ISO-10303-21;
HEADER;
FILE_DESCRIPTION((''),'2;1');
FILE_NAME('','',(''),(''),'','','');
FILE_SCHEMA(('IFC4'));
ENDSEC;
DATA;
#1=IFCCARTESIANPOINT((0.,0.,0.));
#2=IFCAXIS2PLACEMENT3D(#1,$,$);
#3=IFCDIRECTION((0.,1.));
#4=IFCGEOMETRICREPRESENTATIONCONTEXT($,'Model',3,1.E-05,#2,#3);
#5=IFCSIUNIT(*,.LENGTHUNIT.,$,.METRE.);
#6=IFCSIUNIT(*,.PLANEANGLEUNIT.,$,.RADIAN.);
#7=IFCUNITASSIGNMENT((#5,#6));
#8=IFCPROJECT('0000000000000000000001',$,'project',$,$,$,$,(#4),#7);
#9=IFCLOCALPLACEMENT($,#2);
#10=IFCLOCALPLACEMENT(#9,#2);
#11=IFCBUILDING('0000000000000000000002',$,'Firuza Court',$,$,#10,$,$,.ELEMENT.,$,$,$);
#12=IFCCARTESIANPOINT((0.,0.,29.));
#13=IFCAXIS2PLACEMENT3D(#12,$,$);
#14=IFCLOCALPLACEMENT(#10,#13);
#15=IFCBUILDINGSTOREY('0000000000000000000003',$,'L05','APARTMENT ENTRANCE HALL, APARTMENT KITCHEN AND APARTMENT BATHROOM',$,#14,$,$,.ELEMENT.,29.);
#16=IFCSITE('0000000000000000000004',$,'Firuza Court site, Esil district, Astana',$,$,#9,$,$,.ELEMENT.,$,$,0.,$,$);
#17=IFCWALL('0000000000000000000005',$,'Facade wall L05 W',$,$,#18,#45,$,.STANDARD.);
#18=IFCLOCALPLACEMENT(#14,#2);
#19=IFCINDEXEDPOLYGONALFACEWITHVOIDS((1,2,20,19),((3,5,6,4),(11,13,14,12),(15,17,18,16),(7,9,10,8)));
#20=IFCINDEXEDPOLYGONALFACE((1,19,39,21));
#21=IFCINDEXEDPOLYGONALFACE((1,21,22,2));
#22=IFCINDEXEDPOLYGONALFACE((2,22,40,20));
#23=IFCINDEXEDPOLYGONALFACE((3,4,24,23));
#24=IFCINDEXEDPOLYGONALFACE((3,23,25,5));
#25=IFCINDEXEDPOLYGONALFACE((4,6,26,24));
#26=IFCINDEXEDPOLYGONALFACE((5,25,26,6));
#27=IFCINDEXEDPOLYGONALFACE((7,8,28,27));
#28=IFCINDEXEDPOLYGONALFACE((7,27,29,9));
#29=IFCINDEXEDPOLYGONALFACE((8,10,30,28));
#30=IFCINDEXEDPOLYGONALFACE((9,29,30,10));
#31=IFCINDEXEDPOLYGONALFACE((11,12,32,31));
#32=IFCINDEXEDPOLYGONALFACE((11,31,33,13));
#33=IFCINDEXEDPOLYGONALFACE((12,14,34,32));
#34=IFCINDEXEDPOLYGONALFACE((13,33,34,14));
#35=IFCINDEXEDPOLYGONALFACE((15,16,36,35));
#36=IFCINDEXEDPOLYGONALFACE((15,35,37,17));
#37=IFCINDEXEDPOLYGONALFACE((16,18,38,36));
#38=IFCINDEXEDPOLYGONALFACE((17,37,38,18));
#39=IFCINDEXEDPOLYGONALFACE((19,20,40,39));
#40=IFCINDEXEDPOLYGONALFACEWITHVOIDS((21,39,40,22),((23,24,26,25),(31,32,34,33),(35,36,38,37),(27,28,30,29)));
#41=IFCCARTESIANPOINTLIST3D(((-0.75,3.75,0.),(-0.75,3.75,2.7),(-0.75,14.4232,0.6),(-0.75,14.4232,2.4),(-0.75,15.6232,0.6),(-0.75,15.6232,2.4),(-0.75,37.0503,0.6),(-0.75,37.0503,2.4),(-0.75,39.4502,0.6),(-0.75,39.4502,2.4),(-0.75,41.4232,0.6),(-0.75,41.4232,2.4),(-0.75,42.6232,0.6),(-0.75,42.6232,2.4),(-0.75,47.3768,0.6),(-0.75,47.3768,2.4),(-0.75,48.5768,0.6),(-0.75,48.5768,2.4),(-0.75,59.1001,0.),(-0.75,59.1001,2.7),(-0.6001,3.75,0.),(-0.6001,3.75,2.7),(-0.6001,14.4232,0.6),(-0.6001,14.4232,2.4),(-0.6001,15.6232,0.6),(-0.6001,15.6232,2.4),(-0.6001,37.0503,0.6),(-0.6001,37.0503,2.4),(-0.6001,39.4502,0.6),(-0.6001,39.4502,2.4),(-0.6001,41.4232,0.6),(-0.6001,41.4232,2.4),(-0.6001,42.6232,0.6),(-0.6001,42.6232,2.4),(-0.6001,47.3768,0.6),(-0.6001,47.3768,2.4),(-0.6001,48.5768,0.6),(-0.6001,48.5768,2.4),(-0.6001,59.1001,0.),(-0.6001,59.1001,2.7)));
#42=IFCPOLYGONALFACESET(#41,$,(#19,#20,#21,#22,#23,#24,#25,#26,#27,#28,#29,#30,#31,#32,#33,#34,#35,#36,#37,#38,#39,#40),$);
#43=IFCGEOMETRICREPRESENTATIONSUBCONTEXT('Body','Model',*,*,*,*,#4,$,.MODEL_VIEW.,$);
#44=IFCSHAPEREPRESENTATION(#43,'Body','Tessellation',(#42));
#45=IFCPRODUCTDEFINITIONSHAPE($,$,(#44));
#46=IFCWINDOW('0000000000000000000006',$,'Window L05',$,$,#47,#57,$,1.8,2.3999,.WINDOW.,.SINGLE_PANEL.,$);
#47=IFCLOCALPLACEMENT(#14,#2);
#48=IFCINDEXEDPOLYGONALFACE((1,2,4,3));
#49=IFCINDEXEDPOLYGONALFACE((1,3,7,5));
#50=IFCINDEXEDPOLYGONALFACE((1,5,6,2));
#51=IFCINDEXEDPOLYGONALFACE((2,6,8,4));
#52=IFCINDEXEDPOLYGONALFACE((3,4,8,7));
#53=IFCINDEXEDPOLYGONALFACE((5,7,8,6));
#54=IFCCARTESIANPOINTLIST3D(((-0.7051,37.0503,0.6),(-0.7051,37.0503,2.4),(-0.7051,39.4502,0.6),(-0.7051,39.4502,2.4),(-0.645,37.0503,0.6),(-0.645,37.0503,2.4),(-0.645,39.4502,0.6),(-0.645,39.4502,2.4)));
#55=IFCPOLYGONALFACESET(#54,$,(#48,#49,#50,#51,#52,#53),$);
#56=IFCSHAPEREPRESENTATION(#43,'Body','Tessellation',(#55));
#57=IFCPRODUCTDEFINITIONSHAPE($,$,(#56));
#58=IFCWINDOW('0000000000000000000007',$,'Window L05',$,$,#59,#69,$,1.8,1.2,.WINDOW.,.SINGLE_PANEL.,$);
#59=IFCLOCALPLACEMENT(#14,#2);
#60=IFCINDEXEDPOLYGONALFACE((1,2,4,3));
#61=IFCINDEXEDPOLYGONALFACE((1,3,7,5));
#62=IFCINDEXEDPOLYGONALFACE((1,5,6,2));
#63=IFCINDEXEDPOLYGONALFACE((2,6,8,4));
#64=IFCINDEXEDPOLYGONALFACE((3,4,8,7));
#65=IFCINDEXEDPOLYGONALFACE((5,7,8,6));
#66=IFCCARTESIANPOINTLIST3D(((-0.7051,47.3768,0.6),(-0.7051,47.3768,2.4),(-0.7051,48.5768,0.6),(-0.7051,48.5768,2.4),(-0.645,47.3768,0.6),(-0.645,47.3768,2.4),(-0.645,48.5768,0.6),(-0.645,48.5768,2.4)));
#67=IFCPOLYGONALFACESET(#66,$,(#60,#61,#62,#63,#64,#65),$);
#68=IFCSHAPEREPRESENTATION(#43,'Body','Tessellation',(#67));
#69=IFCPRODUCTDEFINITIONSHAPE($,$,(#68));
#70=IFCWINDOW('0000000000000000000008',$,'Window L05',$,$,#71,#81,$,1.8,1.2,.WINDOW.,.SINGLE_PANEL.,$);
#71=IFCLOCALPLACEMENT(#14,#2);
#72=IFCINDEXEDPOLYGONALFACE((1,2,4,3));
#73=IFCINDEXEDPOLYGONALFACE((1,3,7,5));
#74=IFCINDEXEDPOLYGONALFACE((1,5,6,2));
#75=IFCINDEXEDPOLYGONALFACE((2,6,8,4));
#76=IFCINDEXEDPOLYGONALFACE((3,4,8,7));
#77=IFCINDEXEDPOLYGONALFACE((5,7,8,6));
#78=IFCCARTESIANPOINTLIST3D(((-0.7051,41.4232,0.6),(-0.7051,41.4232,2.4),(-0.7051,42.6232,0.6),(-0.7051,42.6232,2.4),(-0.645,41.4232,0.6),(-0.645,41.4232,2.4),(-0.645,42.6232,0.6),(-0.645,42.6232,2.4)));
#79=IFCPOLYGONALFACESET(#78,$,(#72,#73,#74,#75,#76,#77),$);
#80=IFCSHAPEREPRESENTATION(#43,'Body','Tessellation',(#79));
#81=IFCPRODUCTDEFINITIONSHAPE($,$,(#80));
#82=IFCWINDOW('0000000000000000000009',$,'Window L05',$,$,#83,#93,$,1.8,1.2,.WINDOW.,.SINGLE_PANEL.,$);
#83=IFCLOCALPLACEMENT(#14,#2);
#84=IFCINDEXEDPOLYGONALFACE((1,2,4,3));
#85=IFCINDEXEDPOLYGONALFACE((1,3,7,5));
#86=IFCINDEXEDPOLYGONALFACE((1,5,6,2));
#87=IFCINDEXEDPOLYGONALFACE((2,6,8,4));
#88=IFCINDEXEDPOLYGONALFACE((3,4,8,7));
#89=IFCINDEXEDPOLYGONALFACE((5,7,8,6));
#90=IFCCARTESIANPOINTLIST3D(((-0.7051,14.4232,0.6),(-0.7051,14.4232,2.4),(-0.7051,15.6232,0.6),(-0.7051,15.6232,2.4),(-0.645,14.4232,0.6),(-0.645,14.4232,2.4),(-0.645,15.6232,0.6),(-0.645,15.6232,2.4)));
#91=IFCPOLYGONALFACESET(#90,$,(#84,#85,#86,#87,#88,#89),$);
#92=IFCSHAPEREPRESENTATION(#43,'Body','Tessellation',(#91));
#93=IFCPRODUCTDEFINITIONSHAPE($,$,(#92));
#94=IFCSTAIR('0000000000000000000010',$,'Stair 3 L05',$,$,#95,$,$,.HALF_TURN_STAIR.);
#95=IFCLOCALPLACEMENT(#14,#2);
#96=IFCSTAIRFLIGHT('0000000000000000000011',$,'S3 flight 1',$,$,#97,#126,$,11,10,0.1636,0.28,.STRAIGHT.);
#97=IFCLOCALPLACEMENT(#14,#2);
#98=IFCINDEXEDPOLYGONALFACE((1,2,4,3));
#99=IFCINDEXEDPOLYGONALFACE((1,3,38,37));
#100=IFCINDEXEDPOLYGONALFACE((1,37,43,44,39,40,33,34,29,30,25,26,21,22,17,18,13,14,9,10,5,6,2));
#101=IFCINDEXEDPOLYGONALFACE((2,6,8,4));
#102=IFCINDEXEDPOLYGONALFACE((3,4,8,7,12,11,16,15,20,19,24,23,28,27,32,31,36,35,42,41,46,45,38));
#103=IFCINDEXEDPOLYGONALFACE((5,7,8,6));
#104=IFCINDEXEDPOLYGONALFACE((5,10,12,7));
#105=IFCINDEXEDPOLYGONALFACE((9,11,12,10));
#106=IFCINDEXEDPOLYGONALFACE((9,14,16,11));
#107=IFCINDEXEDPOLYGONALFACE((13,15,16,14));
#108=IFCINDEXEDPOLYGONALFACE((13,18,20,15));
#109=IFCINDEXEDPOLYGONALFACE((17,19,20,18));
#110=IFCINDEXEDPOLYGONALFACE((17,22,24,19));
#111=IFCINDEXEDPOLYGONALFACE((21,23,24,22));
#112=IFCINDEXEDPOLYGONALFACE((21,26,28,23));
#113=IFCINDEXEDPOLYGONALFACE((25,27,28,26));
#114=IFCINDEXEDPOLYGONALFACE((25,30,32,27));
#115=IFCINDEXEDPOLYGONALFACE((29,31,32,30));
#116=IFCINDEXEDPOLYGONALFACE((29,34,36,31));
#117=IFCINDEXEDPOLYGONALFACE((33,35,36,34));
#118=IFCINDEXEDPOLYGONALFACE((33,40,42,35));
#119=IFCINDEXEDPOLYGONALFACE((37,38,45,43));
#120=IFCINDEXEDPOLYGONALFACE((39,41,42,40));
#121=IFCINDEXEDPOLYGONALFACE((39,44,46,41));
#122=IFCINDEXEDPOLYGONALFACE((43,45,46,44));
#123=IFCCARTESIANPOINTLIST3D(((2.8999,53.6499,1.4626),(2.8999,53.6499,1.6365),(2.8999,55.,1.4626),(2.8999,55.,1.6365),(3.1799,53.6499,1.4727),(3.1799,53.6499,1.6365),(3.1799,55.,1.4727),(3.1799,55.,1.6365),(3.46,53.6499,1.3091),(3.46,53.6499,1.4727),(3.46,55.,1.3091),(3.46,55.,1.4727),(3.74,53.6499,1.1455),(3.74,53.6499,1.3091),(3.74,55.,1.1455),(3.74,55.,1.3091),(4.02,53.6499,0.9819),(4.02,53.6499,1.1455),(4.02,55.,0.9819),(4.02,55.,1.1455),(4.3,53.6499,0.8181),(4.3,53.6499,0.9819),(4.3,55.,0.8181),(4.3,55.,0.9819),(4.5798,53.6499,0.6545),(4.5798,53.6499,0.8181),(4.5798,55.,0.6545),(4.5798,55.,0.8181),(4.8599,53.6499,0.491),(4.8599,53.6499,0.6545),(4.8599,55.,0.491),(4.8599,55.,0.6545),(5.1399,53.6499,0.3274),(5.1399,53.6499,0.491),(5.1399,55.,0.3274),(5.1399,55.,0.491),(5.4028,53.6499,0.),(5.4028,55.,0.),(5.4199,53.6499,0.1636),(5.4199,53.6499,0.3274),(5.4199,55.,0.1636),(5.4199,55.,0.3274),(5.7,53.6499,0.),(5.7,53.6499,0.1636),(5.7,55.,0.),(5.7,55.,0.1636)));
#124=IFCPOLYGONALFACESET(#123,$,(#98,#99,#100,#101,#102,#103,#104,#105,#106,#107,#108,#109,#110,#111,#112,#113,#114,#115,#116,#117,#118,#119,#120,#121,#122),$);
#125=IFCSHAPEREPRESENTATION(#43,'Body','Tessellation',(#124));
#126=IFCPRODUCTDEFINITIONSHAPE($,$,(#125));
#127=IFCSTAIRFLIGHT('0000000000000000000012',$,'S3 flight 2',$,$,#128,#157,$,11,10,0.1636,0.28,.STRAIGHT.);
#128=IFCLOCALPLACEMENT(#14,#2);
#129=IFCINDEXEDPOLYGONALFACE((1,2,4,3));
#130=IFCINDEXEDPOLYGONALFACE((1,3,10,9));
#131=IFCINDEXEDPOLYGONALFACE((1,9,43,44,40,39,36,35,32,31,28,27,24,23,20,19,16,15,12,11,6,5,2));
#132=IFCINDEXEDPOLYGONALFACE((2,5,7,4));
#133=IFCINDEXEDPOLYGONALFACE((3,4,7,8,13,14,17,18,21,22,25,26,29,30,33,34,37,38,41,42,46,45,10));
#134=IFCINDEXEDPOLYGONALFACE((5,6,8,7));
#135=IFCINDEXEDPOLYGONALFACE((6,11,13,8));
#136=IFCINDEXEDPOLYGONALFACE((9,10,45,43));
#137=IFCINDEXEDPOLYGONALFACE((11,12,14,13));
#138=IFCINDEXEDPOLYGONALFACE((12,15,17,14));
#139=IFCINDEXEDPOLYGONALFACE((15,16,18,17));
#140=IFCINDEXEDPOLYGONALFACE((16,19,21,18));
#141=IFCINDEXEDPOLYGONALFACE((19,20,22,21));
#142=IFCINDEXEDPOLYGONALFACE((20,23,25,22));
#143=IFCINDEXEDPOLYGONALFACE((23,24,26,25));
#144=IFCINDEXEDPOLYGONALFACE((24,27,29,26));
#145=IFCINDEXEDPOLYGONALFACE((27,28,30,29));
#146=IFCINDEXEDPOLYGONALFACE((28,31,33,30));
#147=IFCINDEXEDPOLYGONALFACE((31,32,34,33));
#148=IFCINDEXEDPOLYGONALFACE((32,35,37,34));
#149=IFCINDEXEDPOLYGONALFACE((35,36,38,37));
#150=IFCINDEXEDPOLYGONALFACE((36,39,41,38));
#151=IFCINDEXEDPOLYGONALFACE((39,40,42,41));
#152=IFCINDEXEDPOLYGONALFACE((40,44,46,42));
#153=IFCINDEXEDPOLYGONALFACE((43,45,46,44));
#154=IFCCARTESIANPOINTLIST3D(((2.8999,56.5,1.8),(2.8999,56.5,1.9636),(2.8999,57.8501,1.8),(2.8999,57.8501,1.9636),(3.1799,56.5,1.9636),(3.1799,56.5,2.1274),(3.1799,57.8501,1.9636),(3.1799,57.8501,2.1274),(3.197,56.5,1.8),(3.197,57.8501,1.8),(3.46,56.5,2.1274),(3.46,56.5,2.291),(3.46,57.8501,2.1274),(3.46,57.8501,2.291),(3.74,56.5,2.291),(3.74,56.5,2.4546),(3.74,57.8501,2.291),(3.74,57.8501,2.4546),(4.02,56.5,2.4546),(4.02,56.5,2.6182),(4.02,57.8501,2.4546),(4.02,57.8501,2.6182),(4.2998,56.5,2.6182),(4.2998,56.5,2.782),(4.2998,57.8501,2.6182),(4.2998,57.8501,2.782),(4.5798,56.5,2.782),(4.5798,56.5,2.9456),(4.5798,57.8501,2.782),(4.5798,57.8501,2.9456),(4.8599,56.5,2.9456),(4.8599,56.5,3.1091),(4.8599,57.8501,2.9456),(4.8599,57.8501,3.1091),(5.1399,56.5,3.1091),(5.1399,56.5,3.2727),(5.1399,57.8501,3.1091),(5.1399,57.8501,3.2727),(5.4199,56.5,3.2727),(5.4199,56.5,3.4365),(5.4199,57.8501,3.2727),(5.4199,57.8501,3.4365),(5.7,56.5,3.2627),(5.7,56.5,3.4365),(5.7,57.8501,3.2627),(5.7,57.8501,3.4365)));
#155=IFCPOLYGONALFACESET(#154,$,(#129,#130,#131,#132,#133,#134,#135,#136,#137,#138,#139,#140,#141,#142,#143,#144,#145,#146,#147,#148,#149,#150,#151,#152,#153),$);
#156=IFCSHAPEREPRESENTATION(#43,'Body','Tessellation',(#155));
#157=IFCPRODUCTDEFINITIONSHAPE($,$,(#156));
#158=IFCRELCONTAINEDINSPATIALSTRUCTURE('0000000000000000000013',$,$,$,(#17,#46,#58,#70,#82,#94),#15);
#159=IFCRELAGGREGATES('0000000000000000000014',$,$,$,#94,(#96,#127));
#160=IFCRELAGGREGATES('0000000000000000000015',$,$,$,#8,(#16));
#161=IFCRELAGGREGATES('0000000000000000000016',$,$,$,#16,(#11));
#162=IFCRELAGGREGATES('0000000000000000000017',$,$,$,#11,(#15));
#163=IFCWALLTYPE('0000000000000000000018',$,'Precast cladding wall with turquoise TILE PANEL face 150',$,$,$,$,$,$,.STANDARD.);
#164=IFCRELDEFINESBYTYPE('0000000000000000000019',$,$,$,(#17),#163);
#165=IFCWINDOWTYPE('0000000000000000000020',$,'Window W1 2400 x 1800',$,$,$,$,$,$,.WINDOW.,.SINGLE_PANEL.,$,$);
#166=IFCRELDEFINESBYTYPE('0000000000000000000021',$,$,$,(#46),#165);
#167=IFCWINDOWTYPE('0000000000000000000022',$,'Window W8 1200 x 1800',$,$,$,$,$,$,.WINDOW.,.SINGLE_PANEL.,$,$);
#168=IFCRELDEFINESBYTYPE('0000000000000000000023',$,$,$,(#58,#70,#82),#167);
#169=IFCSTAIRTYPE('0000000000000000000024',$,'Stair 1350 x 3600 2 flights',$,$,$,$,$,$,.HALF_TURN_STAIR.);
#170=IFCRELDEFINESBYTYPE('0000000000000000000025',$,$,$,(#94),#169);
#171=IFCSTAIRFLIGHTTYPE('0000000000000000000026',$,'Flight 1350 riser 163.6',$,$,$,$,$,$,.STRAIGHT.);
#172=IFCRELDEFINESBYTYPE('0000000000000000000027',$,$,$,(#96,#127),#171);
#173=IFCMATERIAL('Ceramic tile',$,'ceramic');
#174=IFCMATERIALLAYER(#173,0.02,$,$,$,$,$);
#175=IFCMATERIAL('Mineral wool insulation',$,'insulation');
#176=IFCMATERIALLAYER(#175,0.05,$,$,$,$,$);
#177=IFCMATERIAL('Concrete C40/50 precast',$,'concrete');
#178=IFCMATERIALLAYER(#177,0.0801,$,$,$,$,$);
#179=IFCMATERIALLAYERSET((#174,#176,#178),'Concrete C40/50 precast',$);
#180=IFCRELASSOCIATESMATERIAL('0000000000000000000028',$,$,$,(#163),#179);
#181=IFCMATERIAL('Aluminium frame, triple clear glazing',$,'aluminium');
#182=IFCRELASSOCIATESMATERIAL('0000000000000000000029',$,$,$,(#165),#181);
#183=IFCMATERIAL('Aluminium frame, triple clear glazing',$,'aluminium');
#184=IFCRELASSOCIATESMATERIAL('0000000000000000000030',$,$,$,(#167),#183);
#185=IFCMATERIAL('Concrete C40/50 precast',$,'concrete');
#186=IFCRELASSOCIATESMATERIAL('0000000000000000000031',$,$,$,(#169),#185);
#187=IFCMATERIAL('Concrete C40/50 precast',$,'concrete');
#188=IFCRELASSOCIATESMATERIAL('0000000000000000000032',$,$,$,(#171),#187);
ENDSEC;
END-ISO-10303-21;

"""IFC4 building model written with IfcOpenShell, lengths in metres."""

from ifc_helpers import new_model, si_unit, direction, frame, frame_2d, origin, place, context, subcontext, project, spatial, polyline, rectangle, outline, extrude, material, layer, layer_set, type_object, element, fill, aggregate, save


model = new_model("IFC4")

# Units and contexts
model_context = context("Model", 3, precision=1e-05, world=origin(), true_north=direction((0.0, 1.0)))
body_context = subcontext(model_context, "Body", "Model", "MODEL_VIEW")
ifc_project = project(units=[si_unit("LENGTHUNIT", "METRE"), si_unit("PLANEANGLEUNIT", "RADIAN")], contexts=[model_context])

# Site, building, storey
site_placement = place(None, origin())
site = spatial("IfcSite", under=ifc_project, at=site_placement, Name="Firuza Court site, Esil district, Astana", CompositionType="ELEMENT", RefElevation=0.0)
building_placement = place(site_placement, origin())
building = spatial("IfcBuilding", under=site, at=building_placement, Name="Firuza Court", CompositionType="ELEMENT")
storey_placement = place(building_placement, frame((0.0, 0.0, 29.0)))
storey = spatial("IfcBuildingStorey", under=building, at=storey_placement, Name="L05", Description="APARTMENT ENTRANCE HALL, APARTMENT KITCHEN AND APARTMENT BATHROOM", CompositionType="ELEMENT", Elevation=29.0)

# Wall, openings, windows
ifc_material_1 = material(Name="Ceramic tile", Category="ceramic")
ifc_layer_1 = layer(ifc_material_1, 0.02)
ifc_material_2 = material(Name="Mineral wool insulation", Category="insulation")
ifc_layer_2 = layer(ifc_material_2, 0.05)
ifc_material_3 = material(Name="Concrete C40/50 precast", Category="concrete")
ifc_layer_3 = layer(ifc_material_3, 0.0801)
ifc_layer_set_1 = layer_set([ifc_layer_1, ifc_layer_2, ifc_layer_3], Name="Concrete C40/50 precast")
wall_type_1 = type_object("IfcWallType", Name="Precast cladding wall with turquoise TILE PANEL face 150", PredefinedType="STANDARD", material=ifc_layer_set_1)
wall_1_placement = place(storey_placement, frame((-0.675, 59.1001, 0.0), z_axis=(0.0, 0.0, 1.0), x_axis=(0.0, -1.0, 0.0)))
wall_1 = element("IfcWall", 1, at=wall_1_placement, inside=storey, type_object=wall_type_1, Name="Facade wall L05 W", PredefinedType="STANDARD", context=body_context, shape_type="SweptSolid", body=[
    extrude(rectangle(XDim=55.3501, YDim=0.1499, at=frame_2d((27.675, 0.0))), origin(), (0.0, 0.0, 1.0), 2.7),
])
opening_1_placement = place(wall_1_placement, frame((10.5232, 0.0, 0.6001)))
opening_1 = element("IfcOpeningElement", 2, at=opening_1_placement, cuts=wall_1, PredefinedType="OPENING", context=body_context, shape_type="SweptSolid", body=[
    extrude(rectangle(XDim=1.2, YDim=1.8, at=frame_2d((0.6001, 0.8999))), frame((0.0, 0.0869, 0.0), z_axis=(0.0, -1.0, 0.0), x_axis=(1.0, 0.0, 0.0)), (0.0, 0.0, 1.0), 0.1738),
])
opening_2_placement = place(wall_1_placement, frame((16.4768, 0.0, 0.6001)))
opening_2 = element("IfcOpeningElement", 3, at=opening_2_placement, cuts=wall_1, PredefinedType="OPENING", context=body_context, shape_type="SweptSolid", body=[
    extrude(rectangle(XDim=1.2, YDim=1.8, at=frame_2d((0.6001, 0.8999))), frame((0.0, 0.0869, 0.0), z_axis=(0.0, -1.0, 0.0), x_axis=(1.0, 0.0, 0.0)), (0.0, 0.0, 1.0), 0.1738),
])
opening_3_placement = place(wall_1_placement, frame((19.6499, 0.0, 0.6001)))
opening_3 = element("IfcOpeningElement", 4, at=opening_3_placement, cuts=wall_1, PredefinedType="OPENING", context=body_context, shape_type="SweptSolid", body=[
    extrude(rectangle(XDim=2.3999, YDim=1.8, at=frame_2d((1.2, 0.8999))), frame((0.0, 0.0869, 0.0), z_axis=(0.0, -1.0, 0.0), x_axis=(1.0, 0.0, 0.0)), (0.0, 0.0, 1.0), 0.1738),
])
opening_4_placement = place(wall_1_placement, frame((43.4768, 0.0, 0.6001)))
opening_4 = element("IfcOpeningElement", 5, at=opening_4_placement, cuts=wall_1, PredefinedType="OPENING", context=body_context, shape_type="SweptSolid", body=[
    extrude(rectangle(XDim=1.2, YDim=1.8, at=frame_2d((0.6001, 0.8999))), frame((0.0, 0.0869, 0.0), z_axis=(0.0, -1.0, 0.0), x_axis=(1.0, 0.0, 0.0)), (0.0, 0.0, 1.0), 0.1738),
])
ifc_material_4 = material(Name="Aluminium frame, triple clear glazing", Category="aluminium")
window_type_1 = type_object("IfcWindowType", Name="Window W1 2400 x 1800", PartitioningType="SINGLE_PANEL", PredefinedType="WINDOW", material=ifc_material_4)
window_1_placement = place(opening_3_placement, origin())
window_1 = element("IfcWindow", 6, at=window_1_placement, inside=storey, type_object=window_type_1, Name="Window L05", OverallHeight=1.8, OverallWidth=2.3999, PartitioningType="SINGLE_PANEL", PredefinedType="WINDOW", context=body_context, shape_type="SweptSolid", body=[
    extrude(rectangle(XDim=2.3999, YDim=1.8, at=frame_2d((1.2, 0.8999))), frame((0.0, 0.03, 0.0), z_axis=(0.0, -1.0, 0.0), x_axis=(1.0, 0.0, 0.0)), (0.0, 0.0, 1.0), 0.0601),
])
fill(opening_3, window_1)
ifc_material_5 = material(Name="Aluminium frame, triple clear glazing", Category="aluminium")
window_type_2 = type_object("IfcWindowType", Name="Window W8 1200 x 1800", PartitioningType="SINGLE_PANEL", PredefinedType="WINDOW", material=ifc_material_5)
window_2_placement = place(opening_1_placement, origin())
window_2 = element("IfcWindow", 7, at=window_2_placement, inside=storey, type_object=window_type_2, Name="Window L05", OverallHeight=1.8, OverallWidth=1.2, PartitioningType="SINGLE_PANEL", PredefinedType="WINDOW", context=body_context, shape_type="SweptSolid", body=[
    extrude(rectangle(XDim=1.2, YDim=1.8, at=frame_2d((0.6001, 0.8999))), frame((0.0, 0.03, 0.0), z_axis=(0.0, -1.0, 0.0), x_axis=(1.0, 0.0, 0.0)), (0.0, 0.0, 1.0), 0.0601),
])
fill(opening_1, window_2)
window_3_placement = place(opening_2_placement, origin())
window_3 = element("IfcWindow", 8, at=window_3_placement, inside=storey, type_object=window_type_2, Name="Window L05", OverallHeight=1.8, OverallWidth=1.2, PartitioningType="SINGLE_PANEL", PredefinedType="WINDOW", context=body_context, shape_type="SweptSolid", body=[
    extrude(rectangle(XDim=1.2, YDim=1.8, at=frame_2d((0.6001, 0.8999))), frame((0.0, 0.03, 0.0), z_axis=(0.0, -1.0, 0.0), x_axis=(1.0, 0.0, 0.0)), (0.0, 0.0, 1.0), 0.0601),
])
fill(opening_2, window_3)
window_4_placement = place(opening_4_placement, origin())
window_4 = element("IfcWindow", 9, at=window_4_placement, inside=storey, type_object=window_type_2, Name="Window L05", OverallHeight=1.8, OverallWidth=1.2, PartitioningType="SINGLE_PANEL", PredefinedType="WINDOW", context=body_context, shape_type="SweptSolid", body=[
    extrude(rectangle(XDim=1.2, YDim=1.8, at=frame_2d((0.6001, 0.8999))), frame((0.0, 0.03, 0.0), z_axis=(0.0, -1.0, 0.0), x_axis=(1.0, 0.0, 0.0)), (0.0, 0.0, 1.0), 0.0601),
])
fill(opening_4, window_4)

# Stair, stair flights
ifc_material_6 = material(Name="Concrete C40/50 precast", Category="concrete")
stair_type = type_object("IfcStairType", Name="Stair 1350 x 3600 2 flights", PredefinedType="HALF_TURN_STAIR", material=ifc_material_6)
stair_placement = place(storey_placement, origin())
stair = element("IfcStair", 10, at=stair_placement, inside=storey, type_object=stair_type, Name="Stair 3 L05", PredefinedType="HALF_TURN_STAIR")
ifc_material_7 = material(Name="Concrete C40/50 precast", Category="concrete")
stair_flight_type = type_object("IfcStairFlightType", Name="Flight 1350 riser 163.6", PredefinedType="STRAIGHT", material=ifc_material_7)
stair_flight_1_placement = place(storey_placement, frame((5.7, 54.325, 0.0), z_axis=(0.0, 0.0, 1.0), x_axis=(-1.0, 0.0, 0.0)))
stair_flight_1 = element("IfcStairFlight", 11, at=stair_flight_1_placement, type_object=stair_flight_type, Name="S3 flight 1", NumberOfRisers=11, NumberOfTreads=10, PredefinedType="STRAIGHT", RiserHeight=0.1636, TreadLength=0.28, context=body_context, shape_type="SweptSolid", body=[
    extrude(outline(polyline([(0.0, 0.0), (0.0, 0.1636), (0.28, 0.1636), (0.28, 0.3274), (0.5601, 0.3274), (0.5601, 0.491), (0.8401, 0.491), (0.8401, 0.6545), (1.1201, 0.6545), (1.1201, 0.8181), (1.3999, 0.8181), (1.3999, 0.9819), (1.6799, 0.9819), (1.6799, 1.1455), (1.96, 1.1455), (1.96, 1.3091), (2.24, 1.3091), (2.24, 1.4727), (2.52, 1.4727), (2.52, 1.6365), (2.8, 1.6365), (2.8, 1.8), (2.8, 1.4626), (0.2971, 0.0), (0.0, 0.0)])), frame((0.0, 0.675, 0.0), z_axis=(0.0, -1.0, 0.0), x_axis=(1.0, 0.0, 0.0)), (0.0, 0.0, 1.0), 1.3501),
])
stair_flight_2_placement = place(storey_placement, frame((2.8999, 57.175, 1.8), z_axis=(0.0, 0.0, 1.0), x_axis=(1.0, 0.0, 0.0)))
stair_flight_2 = element("IfcStairFlight", 12, at=stair_flight_2_placement, type_object=stair_flight_type, Name="S3 flight 2", NumberOfRisers=11, NumberOfTreads=10, PredefinedType="STRAIGHT", RiserHeight=0.1636, TreadLength=0.28, context=body_context, shape_type="SweptSolid", body=[
    extrude(outline(polyline([(0.0, 0.0), (0.0, 0.1636), (0.28, 0.1636), (0.28, 0.3274), (0.5601, 0.3274), (0.5601, 0.491), (0.8401, 0.491), (0.8401, 0.6545), (1.1201, 0.6545), (1.1201, 0.8181), (1.3999, 0.8181), (1.3999, 0.9819), (1.6799, 0.9819), (1.6799, 1.1455), (1.96, 1.1455), (1.96, 1.3091), (2.24, 1.3091), (2.24, 1.4727), (2.52, 1.4727), (2.52, 1.6365), (2.8, 1.6365), (2.8, 1.8), (2.8, 1.4626), (0.2971, 0.0), (0.0, 0.0)])), frame((0.0, 0.675, 0.0), z_axis=(0.0, -1.0, 0.0), x_axis=(1.0, 0.0, 0.0)), (0.0, 0.0, 1.0), 1.3501),
])
aggregate(stair, [stair_flight_1, stair_flight_2])

save(model, "model.ifc")
